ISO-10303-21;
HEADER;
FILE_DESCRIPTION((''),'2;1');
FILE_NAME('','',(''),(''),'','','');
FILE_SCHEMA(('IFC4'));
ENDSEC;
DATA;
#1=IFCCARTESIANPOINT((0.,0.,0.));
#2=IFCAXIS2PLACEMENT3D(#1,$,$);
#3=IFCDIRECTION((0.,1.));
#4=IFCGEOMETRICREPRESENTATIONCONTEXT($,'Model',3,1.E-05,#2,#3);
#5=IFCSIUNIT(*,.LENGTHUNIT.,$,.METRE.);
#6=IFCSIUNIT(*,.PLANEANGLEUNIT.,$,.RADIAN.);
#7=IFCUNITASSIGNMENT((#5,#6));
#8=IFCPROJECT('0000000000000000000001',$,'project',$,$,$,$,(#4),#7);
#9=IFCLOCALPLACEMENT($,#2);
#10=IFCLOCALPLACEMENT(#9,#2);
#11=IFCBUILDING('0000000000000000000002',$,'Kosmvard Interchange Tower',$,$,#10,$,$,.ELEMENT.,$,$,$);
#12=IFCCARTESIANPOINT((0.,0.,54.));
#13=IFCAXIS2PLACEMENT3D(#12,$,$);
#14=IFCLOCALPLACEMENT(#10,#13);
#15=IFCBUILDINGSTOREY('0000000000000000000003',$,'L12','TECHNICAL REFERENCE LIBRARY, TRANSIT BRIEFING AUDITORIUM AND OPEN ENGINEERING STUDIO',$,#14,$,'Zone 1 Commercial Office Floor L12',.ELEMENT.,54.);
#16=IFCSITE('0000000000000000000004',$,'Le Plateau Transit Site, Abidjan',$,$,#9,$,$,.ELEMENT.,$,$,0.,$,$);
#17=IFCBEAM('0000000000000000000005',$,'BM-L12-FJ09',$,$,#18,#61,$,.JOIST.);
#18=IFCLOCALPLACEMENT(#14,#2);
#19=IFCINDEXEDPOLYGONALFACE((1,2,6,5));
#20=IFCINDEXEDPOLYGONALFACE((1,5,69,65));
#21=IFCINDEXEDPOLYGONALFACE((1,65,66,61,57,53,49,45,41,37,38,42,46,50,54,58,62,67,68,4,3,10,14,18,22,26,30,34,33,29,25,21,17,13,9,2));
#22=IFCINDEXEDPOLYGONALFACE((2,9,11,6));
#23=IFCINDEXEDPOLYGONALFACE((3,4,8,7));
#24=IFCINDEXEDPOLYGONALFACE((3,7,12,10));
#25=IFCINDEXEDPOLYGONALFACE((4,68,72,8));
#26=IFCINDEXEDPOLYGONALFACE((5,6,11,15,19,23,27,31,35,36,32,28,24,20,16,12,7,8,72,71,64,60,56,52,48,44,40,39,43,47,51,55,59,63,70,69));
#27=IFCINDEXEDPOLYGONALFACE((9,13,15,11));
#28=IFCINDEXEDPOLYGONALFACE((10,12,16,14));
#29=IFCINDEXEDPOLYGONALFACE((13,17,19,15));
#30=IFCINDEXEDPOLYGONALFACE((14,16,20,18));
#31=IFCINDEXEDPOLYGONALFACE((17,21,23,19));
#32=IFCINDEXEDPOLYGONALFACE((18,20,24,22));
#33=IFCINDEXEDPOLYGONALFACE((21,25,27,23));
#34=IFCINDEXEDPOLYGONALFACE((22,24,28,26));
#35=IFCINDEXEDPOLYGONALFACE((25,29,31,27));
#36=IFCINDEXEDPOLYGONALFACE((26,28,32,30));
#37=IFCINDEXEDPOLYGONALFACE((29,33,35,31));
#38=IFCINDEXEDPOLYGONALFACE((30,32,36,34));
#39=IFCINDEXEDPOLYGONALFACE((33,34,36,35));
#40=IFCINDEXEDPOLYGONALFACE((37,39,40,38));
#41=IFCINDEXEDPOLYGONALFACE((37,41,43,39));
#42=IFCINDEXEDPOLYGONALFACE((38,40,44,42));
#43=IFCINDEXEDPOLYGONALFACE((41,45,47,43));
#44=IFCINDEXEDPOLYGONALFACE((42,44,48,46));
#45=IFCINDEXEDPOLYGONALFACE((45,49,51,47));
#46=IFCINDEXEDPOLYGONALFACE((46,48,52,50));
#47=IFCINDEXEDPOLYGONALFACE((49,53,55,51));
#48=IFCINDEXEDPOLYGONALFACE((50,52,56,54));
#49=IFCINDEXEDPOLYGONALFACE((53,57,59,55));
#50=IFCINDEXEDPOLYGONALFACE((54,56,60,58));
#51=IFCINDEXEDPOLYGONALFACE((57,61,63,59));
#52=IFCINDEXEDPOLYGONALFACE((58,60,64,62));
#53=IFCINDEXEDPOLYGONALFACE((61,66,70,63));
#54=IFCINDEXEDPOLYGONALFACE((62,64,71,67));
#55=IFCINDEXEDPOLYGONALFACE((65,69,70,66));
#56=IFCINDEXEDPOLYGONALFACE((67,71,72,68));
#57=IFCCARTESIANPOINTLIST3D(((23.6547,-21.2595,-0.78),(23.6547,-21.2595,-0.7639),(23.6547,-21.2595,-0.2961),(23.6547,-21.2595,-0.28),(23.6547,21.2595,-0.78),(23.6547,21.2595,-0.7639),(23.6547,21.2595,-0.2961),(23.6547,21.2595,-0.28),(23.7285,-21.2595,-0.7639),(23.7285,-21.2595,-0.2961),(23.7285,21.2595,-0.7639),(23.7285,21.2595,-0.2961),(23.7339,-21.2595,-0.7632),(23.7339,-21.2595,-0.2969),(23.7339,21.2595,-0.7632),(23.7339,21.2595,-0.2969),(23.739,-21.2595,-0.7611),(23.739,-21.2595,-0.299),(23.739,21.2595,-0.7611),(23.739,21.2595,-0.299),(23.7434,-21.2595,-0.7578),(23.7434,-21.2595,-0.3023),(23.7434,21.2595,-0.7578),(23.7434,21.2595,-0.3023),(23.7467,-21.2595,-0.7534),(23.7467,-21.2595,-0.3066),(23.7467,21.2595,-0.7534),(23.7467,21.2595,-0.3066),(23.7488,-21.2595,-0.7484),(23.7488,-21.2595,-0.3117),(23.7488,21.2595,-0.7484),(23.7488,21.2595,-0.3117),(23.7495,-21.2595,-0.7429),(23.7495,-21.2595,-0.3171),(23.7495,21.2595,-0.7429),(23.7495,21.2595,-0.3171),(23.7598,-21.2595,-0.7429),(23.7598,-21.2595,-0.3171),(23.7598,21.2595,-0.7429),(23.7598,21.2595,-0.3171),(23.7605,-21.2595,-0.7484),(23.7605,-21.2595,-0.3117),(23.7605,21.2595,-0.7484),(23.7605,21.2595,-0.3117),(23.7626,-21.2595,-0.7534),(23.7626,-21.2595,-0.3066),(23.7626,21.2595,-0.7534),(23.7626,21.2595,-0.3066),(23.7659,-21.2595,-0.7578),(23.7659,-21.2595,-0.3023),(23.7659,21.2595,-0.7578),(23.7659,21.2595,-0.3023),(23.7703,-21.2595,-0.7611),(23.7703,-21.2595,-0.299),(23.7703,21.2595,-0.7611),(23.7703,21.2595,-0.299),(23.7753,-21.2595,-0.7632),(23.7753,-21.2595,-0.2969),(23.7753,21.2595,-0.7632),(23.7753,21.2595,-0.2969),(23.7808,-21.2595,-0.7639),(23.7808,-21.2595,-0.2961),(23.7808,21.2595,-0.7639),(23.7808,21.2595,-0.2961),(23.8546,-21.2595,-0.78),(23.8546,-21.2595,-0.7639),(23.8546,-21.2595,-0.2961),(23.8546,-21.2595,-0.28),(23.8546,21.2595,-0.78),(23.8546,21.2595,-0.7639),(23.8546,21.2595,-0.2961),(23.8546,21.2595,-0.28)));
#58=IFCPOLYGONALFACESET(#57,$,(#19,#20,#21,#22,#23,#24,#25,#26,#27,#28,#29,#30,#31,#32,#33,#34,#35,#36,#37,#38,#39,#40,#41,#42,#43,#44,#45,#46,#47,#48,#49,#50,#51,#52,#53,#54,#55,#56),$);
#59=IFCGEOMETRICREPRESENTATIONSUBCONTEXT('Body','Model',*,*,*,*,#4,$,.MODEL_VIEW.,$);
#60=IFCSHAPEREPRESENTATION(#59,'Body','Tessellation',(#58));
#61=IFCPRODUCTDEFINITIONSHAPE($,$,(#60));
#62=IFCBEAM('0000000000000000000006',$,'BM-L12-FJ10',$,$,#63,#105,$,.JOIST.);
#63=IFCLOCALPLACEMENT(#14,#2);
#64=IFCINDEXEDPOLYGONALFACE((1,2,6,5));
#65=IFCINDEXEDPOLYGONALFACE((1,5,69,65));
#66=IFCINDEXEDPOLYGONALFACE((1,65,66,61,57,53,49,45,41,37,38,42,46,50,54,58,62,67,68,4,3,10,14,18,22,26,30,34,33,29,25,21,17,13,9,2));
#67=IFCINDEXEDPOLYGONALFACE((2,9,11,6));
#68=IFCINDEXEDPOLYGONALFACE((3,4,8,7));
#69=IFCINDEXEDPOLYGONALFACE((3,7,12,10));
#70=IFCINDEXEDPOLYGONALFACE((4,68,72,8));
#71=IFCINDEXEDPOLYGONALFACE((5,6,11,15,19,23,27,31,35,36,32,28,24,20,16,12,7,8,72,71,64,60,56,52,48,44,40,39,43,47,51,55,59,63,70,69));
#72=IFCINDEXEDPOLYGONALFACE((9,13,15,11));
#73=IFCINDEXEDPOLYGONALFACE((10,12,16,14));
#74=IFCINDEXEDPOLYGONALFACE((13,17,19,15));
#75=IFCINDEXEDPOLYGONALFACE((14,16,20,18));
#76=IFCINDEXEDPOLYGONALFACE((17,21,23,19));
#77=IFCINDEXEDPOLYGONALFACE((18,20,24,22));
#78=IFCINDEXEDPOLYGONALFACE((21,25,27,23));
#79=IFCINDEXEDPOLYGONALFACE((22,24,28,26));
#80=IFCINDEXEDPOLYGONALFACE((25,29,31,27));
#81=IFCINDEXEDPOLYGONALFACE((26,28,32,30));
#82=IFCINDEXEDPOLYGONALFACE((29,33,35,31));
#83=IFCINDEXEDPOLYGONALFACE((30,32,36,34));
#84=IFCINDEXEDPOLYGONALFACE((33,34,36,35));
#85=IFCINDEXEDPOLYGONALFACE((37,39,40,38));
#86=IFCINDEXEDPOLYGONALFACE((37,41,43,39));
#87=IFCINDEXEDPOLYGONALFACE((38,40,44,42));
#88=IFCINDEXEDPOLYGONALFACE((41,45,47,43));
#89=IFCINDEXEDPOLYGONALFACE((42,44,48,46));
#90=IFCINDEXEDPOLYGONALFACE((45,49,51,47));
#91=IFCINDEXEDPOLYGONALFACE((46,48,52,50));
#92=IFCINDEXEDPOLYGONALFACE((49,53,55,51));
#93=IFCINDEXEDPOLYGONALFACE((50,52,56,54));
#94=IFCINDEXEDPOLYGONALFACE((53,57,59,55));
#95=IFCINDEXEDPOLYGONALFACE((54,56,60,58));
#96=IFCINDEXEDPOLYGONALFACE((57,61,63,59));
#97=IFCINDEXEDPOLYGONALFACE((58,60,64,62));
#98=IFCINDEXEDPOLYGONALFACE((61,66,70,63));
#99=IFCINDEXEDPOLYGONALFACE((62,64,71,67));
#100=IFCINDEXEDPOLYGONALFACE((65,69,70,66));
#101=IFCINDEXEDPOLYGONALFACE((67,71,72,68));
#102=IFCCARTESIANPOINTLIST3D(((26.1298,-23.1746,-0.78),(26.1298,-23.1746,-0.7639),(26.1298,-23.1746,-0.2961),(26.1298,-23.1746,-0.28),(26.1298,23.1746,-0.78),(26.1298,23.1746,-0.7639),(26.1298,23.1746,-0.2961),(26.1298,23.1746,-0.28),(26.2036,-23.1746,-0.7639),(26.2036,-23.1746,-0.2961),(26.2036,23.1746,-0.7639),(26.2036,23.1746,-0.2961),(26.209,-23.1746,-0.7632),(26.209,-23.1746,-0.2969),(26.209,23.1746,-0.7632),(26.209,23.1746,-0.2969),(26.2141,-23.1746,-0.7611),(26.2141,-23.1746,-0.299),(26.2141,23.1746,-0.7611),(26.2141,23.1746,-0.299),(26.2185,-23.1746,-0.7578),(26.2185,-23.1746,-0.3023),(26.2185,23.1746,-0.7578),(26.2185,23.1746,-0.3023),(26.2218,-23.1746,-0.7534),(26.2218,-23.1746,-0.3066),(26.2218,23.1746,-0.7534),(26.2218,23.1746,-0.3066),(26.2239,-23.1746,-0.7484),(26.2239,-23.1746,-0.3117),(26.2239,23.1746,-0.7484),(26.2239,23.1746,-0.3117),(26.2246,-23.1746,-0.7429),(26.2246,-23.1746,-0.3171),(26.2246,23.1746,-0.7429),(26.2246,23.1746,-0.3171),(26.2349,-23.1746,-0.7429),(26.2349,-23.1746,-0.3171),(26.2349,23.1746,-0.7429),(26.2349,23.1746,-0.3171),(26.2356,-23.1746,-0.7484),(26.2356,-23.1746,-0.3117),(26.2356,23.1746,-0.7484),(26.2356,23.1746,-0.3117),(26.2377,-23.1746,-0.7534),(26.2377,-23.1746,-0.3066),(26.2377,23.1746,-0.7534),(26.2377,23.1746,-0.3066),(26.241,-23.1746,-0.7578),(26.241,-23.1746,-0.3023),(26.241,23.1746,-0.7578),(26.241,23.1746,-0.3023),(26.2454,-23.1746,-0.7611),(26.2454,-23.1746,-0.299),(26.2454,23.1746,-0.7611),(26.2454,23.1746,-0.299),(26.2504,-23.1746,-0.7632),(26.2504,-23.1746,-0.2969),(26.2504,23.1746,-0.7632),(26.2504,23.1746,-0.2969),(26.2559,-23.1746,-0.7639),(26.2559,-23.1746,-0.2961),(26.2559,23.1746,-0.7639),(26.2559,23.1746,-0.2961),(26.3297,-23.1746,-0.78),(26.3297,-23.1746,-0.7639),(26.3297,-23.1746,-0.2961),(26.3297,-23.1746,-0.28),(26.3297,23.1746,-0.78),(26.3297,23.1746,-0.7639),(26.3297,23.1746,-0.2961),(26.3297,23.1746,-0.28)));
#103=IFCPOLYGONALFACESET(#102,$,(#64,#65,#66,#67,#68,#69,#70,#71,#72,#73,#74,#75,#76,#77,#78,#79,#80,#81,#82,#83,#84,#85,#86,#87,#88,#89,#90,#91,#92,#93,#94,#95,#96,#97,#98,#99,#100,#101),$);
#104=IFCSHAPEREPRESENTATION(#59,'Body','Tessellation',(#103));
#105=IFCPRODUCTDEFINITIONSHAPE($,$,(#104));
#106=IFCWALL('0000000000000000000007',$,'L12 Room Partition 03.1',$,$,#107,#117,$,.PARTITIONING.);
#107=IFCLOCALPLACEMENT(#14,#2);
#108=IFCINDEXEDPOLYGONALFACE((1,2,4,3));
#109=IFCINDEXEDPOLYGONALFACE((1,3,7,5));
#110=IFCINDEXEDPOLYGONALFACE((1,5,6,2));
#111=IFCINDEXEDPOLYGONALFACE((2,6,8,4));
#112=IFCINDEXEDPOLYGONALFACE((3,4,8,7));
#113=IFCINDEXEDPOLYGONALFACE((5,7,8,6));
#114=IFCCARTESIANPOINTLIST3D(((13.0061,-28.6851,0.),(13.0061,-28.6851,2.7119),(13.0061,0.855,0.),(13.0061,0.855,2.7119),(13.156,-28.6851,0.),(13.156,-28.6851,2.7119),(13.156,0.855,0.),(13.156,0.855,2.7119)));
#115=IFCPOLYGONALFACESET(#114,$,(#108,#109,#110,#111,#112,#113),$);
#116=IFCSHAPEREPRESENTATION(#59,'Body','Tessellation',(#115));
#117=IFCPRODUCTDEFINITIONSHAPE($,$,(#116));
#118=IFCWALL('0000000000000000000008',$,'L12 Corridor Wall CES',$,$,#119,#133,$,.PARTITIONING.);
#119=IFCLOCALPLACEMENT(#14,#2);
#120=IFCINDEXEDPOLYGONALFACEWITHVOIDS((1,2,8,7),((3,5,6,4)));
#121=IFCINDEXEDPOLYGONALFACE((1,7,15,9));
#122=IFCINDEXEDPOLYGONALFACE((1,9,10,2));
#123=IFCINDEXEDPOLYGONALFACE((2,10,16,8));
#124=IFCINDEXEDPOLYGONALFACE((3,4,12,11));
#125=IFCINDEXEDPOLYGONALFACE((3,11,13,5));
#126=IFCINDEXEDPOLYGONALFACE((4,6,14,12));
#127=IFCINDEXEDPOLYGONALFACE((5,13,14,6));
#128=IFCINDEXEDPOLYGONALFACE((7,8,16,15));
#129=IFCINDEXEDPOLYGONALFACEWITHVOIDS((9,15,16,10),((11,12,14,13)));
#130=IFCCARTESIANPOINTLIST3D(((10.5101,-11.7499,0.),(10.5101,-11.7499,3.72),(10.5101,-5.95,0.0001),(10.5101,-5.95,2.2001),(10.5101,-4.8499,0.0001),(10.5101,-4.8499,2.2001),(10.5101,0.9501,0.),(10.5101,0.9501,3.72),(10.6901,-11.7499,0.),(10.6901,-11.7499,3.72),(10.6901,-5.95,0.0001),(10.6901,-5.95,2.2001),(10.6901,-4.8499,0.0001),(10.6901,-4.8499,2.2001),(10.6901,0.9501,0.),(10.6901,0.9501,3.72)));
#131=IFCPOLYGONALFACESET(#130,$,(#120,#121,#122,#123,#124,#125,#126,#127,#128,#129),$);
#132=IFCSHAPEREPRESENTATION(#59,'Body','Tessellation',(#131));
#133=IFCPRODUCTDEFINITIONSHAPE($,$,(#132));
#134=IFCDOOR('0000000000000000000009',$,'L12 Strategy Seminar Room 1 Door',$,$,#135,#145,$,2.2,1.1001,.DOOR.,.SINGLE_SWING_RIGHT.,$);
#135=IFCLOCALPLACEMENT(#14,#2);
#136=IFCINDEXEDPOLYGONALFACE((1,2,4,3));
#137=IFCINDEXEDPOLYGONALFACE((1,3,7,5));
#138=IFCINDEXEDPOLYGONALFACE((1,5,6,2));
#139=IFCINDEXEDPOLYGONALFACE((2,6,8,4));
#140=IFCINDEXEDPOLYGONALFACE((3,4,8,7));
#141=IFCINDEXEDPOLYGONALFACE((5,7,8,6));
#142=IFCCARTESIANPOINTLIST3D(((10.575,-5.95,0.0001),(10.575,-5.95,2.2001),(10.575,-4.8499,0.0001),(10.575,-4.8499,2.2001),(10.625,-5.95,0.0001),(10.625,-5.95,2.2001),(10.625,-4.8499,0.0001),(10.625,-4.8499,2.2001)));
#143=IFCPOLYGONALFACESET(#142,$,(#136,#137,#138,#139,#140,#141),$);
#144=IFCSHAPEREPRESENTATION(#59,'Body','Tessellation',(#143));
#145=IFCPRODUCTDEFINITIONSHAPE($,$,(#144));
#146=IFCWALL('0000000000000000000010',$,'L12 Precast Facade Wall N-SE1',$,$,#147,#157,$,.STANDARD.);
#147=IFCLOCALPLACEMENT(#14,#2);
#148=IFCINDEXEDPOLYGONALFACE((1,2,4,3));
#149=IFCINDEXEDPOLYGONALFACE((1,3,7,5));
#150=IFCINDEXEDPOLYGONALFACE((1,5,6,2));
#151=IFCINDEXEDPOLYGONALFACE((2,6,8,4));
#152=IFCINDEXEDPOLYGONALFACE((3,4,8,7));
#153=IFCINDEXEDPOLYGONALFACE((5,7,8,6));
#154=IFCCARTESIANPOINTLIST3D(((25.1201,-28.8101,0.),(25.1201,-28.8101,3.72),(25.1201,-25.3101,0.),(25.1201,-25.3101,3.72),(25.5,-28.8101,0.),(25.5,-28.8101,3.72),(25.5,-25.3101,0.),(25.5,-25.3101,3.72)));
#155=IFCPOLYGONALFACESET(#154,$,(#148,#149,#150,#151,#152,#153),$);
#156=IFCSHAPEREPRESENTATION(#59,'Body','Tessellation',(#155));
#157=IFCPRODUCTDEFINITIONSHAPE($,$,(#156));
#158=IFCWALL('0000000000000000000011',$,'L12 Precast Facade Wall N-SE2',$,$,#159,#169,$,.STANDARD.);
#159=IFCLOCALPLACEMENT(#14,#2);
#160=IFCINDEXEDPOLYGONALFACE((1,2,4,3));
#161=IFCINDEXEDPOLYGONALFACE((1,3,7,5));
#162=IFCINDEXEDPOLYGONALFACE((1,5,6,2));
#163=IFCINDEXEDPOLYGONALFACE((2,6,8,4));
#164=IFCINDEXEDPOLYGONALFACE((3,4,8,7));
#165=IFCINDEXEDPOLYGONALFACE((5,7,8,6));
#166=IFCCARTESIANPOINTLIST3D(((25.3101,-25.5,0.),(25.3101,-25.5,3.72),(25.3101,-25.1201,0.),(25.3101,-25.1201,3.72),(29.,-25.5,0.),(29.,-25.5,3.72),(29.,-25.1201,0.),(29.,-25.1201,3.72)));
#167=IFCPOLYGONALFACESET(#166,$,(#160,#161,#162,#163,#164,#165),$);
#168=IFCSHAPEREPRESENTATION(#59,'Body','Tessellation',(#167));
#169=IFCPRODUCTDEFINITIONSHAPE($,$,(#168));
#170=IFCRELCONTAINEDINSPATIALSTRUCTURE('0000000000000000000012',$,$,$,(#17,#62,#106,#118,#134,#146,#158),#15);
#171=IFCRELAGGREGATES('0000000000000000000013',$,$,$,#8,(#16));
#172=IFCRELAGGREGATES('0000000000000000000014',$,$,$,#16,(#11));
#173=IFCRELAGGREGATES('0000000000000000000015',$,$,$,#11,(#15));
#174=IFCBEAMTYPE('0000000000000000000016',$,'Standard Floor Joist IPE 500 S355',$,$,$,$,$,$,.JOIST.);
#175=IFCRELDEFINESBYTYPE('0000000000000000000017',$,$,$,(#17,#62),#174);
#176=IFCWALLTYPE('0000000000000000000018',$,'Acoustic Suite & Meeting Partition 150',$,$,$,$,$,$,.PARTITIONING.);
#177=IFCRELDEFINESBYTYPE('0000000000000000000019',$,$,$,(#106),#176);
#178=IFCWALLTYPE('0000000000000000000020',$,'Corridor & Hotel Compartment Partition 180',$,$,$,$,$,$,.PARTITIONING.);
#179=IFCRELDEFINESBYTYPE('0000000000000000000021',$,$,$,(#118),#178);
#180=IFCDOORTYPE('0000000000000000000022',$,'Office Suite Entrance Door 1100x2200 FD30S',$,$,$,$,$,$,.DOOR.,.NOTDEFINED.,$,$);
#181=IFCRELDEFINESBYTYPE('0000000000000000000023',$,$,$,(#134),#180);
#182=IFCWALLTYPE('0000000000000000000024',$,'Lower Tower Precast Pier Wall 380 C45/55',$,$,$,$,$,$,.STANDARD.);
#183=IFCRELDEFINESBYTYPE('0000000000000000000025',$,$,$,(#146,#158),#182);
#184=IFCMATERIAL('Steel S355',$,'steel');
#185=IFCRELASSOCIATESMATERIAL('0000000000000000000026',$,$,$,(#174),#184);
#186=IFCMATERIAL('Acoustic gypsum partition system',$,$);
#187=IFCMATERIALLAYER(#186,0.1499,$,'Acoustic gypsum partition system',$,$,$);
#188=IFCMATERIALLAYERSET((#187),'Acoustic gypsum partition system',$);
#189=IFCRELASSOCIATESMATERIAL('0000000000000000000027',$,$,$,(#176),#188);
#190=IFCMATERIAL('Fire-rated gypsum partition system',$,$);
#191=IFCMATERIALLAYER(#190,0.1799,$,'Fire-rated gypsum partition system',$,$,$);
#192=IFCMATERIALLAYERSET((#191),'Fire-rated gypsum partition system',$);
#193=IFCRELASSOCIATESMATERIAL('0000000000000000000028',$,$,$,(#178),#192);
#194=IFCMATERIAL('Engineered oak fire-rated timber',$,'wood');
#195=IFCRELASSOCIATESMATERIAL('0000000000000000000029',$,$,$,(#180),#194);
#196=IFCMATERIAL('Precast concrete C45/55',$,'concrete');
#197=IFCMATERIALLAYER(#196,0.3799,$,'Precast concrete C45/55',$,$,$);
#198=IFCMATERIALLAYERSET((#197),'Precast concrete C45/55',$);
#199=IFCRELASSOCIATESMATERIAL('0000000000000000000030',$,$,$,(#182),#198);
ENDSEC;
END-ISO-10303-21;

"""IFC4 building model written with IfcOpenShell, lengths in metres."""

from ifc_helpers import new_model, si_unit, direction, frame, frame_2d, origin, origin_2d, place, context, subcontext, project, spatial, rectangle, i_section, extrude, source, transform, mapped, material, layer, layer_set, material_profile, profile_set, type_object, element, fill, save


model = new_model("IFC4")

# Units and contexts
model_context = context("Model", 3, precision=1e-05, world=origin(), true_north=direction((0.0, 1.0)))
body_context = subcontext(model_context, "Body", "Model", "MODEL_VIEW")
ifc_project = project(units=[si_unit("LENGTHUNIT", "METRE"), si_unit("PLANEANGLEUNIT", "RADIAN")], contexts=[model_context])

# Site, building, storey
site_placement = place(None, origin())
site = spatial("IfcSite", under=ifc_project, at=site_placement, Name="Le Plateau Transit Site, Abidjan", CompositionType="ELEMENT", RefElevation=0.0)
building_placement = place(site_placement, origin())
building = spatial("IfcBuilding", under=site, at=building_placement, Name="Kosmvard Interchange Tower", CompositionType="ELEMENT")
storey_placement = place(building_placement, frame((0.0, 0.0, 54.0)))
storey = spatial("IfcBuildingStorey", under=building, at=storey_placement, Name="L12", Description="TECHNICAL REFERENCE LIBRARY, TRANSIT BRIEFING AUDITORIUM AND OPEN ENGINEERING STUDIO", LongName="Zone 1 Commercial Office Floor L12", CompositionType="ELEMENT", Elevation=54.0)

# Beams
ifc_material_1 = material(Name="Steel S355", Category="steel")
ifc_material_2 = material(Name="Precast concrete C45/55", Category="concrete")
ifc_material_profile_1 = material_profile(ifc_material_1, i_section(OverallWidth=0.2, OverallDepth=0.5, WebThickness=0.0103, FlangeThickness=0.0161, FilletRadius=0.021, at=origin_2d()), Name="IPE 500")
ifc_profile_set_1 = profile_set([ifc_material_profile_1], Name="Steel S355")
beam_type_1 = type_object("IfcBeamType", Name="Standard Floor Joist IPE 500 S355", PredefinedType="JOIST", material=ifc_profile_set_1)
shared_shape_1 = source(origin(), body_context, "Body", "SweptSolid", [
    extrude(i_section(OverallWidth=0.2, OverallDepth=0.5, WebThickness=0.0103, FlangeThickness=0.0161, FilletRadius=0.021, at=origin_2d()), origin(), (0.0, 0.0, 1.0), 42.519),
])
beam_1_placement = place(storey_placement, frame((23.7546, -21.2595, -0.53), z_axis=(0.0, 1.0, 0.0), x_axis=(-1.0, 0.0, 0.0)))
element("IfcBeam", 1, at=beam_1_placement, inside=storey, type_object=beam_type_1, Name="BM-L12-FJ09", PredefinedType="JOIST", context=body_context, shape_type="MappedRepresentation", body=[
    mapped(shared_shape_1, transform((0.0, 0.0, 0.0), scale=1.0)),
])
shared_shape_2 = source(origin(), body_context, "Body", "SweptSolid", [
    extrude(i_section(OverallWidth=0.2, OverallDepth=0.5, WebThickness=0.0103, FlangeThickness=0.0161, FilletRadius=0.021, at=origin_2d()), origin(), (0.0, 0.0, 1.0), 46.3491),
])
beam_2_placement = place(storey_placement, frame((26.2297, -23.1746, -0.53), z_axis=(0.0, 1.0, 0.0), x_axis=(-1.0, 0.0, 0.0)))
element("IfcBeam", 2, at=beam_2_placement, inside=storey, type_object=beam_type_1, Name="BM-L12-FJ10", PredefinedType="JOIST", context=body_context, shape_type="MappedRepresentation", body=[
    mapped(shared_shape_2, transform((0.0, 0.0, 0.0), scale=1.0)),
])

# Wall
ifc_material_3 = material(Name="Acoustic gypsum partition system")
ifc_layer_1 = layer(ifc_material_3, 0.1499, Name="Acoustic gypsum partition system")
ifc_layer_set_1 = layer_set([ifc_layer_1], Name="Acoustic gypsum partition system")
wall_type_1 = type_object("IfcWallType", Name="Acoustic Suite & Meeting Partition 150", PredefinedType="PARTITIONING", material=ifc_layer_set_1)
wall_1_placement = place(storey_placement, frame((13.0811, -28.6851, 0.0), z_axis=(0.0, 0.0, 1.0), x_axis=(0.0, 1.0, 0.0)))
element("IfcWall", 3, at=wall_1_placement, inside=storey, type_object=wall_type_1, Name="L12 Room Partition 03.1", PredefinedType="PARTITIONING", context=body_context, shape_type="SweptSolid", body=[
    extrude(rectangle(XDim=29.54, YDim=0.1499, at=frame_2d((14.77, 0.0))), origin(), (0.0, 0.0, 1.0), 2.7119),
])

# Wall, opening, door
ifc_material_4 = material(Name="Fire-rated gypsum partition system")
ifc_layer_2 = layer(ifc_material_4, 0.1799, Name="Fire-rated gypsum partition system")
ifc_layer_set_2 = layer_set([ifc_layer_2], Name="Fire-rated gypsum partition system")
wall_type_2 = type_object("IfcWallType", Name="Corridor & Hotel Compartment Partition 180", PredefinedType="PARTITIONING", material=ifc_layer_set_2)
wall_2_placement = place(storey_placement, frame((10.6001, -11.75, 0.0), z_axis=(0.0, 0.0, 1.0), x_axis=(0.0, 1.0, 0.0)))
wall_2 = element("IfcWall", 4, at=wall_2_placement, inside=storey, type_object=wall_type_2, Name="L12 Corridor Wall CES", PredefinedType="PARTITIONING", context=body_context, shape_type="SweptSolid", body=[
    extrude(rectangle(XDim=12.7, YDim=0.1799, at=frame_2d((6.3501, 0.0))), origin(), (0.0, 0.0, 1.0), 3.72),
])
opening_1_placement = place(wall_2_placement, frame((5.8, 0.0, 0.0)))
opening_1 = element("IfcOpeningElement", 5, at=opening_1_placement, cuts=wall_2, PredefinedType="OPENING", context=body_context, shape_type="SweptSolid", body=[
    extrude(rectangle(XDim=1.1001, YDim=2.2, at=frame_2d((0.55, 1.1001))), frame((0.0, 0.1001, 0.0), z_axis=(0.0, -1.0, 0.0), x_axis=(1.0, 0.0, 0.0)), (0.0, 0.0, 1.0), 0.2),
])
ifc_material_5 = material(Name="Engineered oak fire-rated timber", Category="wood")
door_type = type_object("IfcDoorType", Name="Office Suite Entrance Door 1100x2200 FD30S", OperationType="NOTDEFINED", PredefinedType="DOOR", material=ifc_material_5)
shared_shape_3 = source(origin(), body_context, "Body", "SweptSolid", [
    extrude(rectangle(XDim=1.1001, YDim=2.2, at=frame_2d((0.55, 1.1001))), frame((0.0, 0.0249, 0.0), z_axis=(0.0, -1.0, 0.0), x_axis=(1.0, 0.0, 0.0)), (0.0, 0.0, 1.0), 0.05),
])
door_placement = place(opening_1_placement, frame((1.1001, 0.0, 0.0), z_axis=(0.0, 0.0, 1.0), x_axis=(-1.0, 0.0, 0.0)))
door = element("IfcDoor", 6, at=door_placement, inside=storey, type_object=door_type, Name="L12 Strategy Seminar Room 1 Door", OperationType="SINGLE_SWING_RIGHT", OverallHeight=2.2, OverallWidth=1.1001, PredefinedType="DOOR", context=body_context, shape_type="MappedRepresentation", body=[
    mapped(shared_shape_3, transform((0.0, 0.0, 0.0), scale=1.0)),
])
fill(opening_1, door)

# Walls
ifc_layer_3 = layer(ifc_material_2, 0.3799, Name="Precast concrete C45/55")
ifc_layer_set_3 = layer_set([ifc_layer_3], Name="Precast concrete C45/55")
wall_type_3 = type_object("IfcWallType", Name="Lower Tower Precast Pier Wall 380 C45/55", PredefinedType="STANDARD", material=ifc_layer_set_3)
wall_3_placement = place(storey_placement, frame((25.3101, -28.8101, 0.0), z_axis=(0.0, 0.0, 1.0), x_axis=(0.0, 1.0, 0.0)))
element("IfcWall", 7, at=wall_3_placement, inside=storey, type_object=wall_type_3, Name="L12 Precast Facade Wall N-SE1", PredefinedType="STANDARD", context=body_context, shape_type="SweptSolid", body=[
    extrude(rectangle(XDim=3.5, YDim=0.3799, at=frame_2d((1.75, 0.0))), origin(), (0.0, 0.0, 1.0), 3.72),
])
wall_4_placement = place(storey_placement, frame((25.3101, -25.3101, 0.0), z_axis=(0.0, 0.0, 1.0), x_axis=(1.0, 0.0, 0.0)))
element("IfcWall", 8, at=wall_4_placement, inside=storey, type_object=wall_type_3, Name="L12 Precast Facade Wall N-SE2", PredefinedType="STANDARD", context=body_context, shape_type="SweptSolid", body=[
    extrude(rectangle(XDim=3.6899, YDim=0.3799, at=frame_2d((1.845, 0.0))), origin(), (0.0, 0.0, 1.0), 3.72),
])

save(model, "model.ifc")
